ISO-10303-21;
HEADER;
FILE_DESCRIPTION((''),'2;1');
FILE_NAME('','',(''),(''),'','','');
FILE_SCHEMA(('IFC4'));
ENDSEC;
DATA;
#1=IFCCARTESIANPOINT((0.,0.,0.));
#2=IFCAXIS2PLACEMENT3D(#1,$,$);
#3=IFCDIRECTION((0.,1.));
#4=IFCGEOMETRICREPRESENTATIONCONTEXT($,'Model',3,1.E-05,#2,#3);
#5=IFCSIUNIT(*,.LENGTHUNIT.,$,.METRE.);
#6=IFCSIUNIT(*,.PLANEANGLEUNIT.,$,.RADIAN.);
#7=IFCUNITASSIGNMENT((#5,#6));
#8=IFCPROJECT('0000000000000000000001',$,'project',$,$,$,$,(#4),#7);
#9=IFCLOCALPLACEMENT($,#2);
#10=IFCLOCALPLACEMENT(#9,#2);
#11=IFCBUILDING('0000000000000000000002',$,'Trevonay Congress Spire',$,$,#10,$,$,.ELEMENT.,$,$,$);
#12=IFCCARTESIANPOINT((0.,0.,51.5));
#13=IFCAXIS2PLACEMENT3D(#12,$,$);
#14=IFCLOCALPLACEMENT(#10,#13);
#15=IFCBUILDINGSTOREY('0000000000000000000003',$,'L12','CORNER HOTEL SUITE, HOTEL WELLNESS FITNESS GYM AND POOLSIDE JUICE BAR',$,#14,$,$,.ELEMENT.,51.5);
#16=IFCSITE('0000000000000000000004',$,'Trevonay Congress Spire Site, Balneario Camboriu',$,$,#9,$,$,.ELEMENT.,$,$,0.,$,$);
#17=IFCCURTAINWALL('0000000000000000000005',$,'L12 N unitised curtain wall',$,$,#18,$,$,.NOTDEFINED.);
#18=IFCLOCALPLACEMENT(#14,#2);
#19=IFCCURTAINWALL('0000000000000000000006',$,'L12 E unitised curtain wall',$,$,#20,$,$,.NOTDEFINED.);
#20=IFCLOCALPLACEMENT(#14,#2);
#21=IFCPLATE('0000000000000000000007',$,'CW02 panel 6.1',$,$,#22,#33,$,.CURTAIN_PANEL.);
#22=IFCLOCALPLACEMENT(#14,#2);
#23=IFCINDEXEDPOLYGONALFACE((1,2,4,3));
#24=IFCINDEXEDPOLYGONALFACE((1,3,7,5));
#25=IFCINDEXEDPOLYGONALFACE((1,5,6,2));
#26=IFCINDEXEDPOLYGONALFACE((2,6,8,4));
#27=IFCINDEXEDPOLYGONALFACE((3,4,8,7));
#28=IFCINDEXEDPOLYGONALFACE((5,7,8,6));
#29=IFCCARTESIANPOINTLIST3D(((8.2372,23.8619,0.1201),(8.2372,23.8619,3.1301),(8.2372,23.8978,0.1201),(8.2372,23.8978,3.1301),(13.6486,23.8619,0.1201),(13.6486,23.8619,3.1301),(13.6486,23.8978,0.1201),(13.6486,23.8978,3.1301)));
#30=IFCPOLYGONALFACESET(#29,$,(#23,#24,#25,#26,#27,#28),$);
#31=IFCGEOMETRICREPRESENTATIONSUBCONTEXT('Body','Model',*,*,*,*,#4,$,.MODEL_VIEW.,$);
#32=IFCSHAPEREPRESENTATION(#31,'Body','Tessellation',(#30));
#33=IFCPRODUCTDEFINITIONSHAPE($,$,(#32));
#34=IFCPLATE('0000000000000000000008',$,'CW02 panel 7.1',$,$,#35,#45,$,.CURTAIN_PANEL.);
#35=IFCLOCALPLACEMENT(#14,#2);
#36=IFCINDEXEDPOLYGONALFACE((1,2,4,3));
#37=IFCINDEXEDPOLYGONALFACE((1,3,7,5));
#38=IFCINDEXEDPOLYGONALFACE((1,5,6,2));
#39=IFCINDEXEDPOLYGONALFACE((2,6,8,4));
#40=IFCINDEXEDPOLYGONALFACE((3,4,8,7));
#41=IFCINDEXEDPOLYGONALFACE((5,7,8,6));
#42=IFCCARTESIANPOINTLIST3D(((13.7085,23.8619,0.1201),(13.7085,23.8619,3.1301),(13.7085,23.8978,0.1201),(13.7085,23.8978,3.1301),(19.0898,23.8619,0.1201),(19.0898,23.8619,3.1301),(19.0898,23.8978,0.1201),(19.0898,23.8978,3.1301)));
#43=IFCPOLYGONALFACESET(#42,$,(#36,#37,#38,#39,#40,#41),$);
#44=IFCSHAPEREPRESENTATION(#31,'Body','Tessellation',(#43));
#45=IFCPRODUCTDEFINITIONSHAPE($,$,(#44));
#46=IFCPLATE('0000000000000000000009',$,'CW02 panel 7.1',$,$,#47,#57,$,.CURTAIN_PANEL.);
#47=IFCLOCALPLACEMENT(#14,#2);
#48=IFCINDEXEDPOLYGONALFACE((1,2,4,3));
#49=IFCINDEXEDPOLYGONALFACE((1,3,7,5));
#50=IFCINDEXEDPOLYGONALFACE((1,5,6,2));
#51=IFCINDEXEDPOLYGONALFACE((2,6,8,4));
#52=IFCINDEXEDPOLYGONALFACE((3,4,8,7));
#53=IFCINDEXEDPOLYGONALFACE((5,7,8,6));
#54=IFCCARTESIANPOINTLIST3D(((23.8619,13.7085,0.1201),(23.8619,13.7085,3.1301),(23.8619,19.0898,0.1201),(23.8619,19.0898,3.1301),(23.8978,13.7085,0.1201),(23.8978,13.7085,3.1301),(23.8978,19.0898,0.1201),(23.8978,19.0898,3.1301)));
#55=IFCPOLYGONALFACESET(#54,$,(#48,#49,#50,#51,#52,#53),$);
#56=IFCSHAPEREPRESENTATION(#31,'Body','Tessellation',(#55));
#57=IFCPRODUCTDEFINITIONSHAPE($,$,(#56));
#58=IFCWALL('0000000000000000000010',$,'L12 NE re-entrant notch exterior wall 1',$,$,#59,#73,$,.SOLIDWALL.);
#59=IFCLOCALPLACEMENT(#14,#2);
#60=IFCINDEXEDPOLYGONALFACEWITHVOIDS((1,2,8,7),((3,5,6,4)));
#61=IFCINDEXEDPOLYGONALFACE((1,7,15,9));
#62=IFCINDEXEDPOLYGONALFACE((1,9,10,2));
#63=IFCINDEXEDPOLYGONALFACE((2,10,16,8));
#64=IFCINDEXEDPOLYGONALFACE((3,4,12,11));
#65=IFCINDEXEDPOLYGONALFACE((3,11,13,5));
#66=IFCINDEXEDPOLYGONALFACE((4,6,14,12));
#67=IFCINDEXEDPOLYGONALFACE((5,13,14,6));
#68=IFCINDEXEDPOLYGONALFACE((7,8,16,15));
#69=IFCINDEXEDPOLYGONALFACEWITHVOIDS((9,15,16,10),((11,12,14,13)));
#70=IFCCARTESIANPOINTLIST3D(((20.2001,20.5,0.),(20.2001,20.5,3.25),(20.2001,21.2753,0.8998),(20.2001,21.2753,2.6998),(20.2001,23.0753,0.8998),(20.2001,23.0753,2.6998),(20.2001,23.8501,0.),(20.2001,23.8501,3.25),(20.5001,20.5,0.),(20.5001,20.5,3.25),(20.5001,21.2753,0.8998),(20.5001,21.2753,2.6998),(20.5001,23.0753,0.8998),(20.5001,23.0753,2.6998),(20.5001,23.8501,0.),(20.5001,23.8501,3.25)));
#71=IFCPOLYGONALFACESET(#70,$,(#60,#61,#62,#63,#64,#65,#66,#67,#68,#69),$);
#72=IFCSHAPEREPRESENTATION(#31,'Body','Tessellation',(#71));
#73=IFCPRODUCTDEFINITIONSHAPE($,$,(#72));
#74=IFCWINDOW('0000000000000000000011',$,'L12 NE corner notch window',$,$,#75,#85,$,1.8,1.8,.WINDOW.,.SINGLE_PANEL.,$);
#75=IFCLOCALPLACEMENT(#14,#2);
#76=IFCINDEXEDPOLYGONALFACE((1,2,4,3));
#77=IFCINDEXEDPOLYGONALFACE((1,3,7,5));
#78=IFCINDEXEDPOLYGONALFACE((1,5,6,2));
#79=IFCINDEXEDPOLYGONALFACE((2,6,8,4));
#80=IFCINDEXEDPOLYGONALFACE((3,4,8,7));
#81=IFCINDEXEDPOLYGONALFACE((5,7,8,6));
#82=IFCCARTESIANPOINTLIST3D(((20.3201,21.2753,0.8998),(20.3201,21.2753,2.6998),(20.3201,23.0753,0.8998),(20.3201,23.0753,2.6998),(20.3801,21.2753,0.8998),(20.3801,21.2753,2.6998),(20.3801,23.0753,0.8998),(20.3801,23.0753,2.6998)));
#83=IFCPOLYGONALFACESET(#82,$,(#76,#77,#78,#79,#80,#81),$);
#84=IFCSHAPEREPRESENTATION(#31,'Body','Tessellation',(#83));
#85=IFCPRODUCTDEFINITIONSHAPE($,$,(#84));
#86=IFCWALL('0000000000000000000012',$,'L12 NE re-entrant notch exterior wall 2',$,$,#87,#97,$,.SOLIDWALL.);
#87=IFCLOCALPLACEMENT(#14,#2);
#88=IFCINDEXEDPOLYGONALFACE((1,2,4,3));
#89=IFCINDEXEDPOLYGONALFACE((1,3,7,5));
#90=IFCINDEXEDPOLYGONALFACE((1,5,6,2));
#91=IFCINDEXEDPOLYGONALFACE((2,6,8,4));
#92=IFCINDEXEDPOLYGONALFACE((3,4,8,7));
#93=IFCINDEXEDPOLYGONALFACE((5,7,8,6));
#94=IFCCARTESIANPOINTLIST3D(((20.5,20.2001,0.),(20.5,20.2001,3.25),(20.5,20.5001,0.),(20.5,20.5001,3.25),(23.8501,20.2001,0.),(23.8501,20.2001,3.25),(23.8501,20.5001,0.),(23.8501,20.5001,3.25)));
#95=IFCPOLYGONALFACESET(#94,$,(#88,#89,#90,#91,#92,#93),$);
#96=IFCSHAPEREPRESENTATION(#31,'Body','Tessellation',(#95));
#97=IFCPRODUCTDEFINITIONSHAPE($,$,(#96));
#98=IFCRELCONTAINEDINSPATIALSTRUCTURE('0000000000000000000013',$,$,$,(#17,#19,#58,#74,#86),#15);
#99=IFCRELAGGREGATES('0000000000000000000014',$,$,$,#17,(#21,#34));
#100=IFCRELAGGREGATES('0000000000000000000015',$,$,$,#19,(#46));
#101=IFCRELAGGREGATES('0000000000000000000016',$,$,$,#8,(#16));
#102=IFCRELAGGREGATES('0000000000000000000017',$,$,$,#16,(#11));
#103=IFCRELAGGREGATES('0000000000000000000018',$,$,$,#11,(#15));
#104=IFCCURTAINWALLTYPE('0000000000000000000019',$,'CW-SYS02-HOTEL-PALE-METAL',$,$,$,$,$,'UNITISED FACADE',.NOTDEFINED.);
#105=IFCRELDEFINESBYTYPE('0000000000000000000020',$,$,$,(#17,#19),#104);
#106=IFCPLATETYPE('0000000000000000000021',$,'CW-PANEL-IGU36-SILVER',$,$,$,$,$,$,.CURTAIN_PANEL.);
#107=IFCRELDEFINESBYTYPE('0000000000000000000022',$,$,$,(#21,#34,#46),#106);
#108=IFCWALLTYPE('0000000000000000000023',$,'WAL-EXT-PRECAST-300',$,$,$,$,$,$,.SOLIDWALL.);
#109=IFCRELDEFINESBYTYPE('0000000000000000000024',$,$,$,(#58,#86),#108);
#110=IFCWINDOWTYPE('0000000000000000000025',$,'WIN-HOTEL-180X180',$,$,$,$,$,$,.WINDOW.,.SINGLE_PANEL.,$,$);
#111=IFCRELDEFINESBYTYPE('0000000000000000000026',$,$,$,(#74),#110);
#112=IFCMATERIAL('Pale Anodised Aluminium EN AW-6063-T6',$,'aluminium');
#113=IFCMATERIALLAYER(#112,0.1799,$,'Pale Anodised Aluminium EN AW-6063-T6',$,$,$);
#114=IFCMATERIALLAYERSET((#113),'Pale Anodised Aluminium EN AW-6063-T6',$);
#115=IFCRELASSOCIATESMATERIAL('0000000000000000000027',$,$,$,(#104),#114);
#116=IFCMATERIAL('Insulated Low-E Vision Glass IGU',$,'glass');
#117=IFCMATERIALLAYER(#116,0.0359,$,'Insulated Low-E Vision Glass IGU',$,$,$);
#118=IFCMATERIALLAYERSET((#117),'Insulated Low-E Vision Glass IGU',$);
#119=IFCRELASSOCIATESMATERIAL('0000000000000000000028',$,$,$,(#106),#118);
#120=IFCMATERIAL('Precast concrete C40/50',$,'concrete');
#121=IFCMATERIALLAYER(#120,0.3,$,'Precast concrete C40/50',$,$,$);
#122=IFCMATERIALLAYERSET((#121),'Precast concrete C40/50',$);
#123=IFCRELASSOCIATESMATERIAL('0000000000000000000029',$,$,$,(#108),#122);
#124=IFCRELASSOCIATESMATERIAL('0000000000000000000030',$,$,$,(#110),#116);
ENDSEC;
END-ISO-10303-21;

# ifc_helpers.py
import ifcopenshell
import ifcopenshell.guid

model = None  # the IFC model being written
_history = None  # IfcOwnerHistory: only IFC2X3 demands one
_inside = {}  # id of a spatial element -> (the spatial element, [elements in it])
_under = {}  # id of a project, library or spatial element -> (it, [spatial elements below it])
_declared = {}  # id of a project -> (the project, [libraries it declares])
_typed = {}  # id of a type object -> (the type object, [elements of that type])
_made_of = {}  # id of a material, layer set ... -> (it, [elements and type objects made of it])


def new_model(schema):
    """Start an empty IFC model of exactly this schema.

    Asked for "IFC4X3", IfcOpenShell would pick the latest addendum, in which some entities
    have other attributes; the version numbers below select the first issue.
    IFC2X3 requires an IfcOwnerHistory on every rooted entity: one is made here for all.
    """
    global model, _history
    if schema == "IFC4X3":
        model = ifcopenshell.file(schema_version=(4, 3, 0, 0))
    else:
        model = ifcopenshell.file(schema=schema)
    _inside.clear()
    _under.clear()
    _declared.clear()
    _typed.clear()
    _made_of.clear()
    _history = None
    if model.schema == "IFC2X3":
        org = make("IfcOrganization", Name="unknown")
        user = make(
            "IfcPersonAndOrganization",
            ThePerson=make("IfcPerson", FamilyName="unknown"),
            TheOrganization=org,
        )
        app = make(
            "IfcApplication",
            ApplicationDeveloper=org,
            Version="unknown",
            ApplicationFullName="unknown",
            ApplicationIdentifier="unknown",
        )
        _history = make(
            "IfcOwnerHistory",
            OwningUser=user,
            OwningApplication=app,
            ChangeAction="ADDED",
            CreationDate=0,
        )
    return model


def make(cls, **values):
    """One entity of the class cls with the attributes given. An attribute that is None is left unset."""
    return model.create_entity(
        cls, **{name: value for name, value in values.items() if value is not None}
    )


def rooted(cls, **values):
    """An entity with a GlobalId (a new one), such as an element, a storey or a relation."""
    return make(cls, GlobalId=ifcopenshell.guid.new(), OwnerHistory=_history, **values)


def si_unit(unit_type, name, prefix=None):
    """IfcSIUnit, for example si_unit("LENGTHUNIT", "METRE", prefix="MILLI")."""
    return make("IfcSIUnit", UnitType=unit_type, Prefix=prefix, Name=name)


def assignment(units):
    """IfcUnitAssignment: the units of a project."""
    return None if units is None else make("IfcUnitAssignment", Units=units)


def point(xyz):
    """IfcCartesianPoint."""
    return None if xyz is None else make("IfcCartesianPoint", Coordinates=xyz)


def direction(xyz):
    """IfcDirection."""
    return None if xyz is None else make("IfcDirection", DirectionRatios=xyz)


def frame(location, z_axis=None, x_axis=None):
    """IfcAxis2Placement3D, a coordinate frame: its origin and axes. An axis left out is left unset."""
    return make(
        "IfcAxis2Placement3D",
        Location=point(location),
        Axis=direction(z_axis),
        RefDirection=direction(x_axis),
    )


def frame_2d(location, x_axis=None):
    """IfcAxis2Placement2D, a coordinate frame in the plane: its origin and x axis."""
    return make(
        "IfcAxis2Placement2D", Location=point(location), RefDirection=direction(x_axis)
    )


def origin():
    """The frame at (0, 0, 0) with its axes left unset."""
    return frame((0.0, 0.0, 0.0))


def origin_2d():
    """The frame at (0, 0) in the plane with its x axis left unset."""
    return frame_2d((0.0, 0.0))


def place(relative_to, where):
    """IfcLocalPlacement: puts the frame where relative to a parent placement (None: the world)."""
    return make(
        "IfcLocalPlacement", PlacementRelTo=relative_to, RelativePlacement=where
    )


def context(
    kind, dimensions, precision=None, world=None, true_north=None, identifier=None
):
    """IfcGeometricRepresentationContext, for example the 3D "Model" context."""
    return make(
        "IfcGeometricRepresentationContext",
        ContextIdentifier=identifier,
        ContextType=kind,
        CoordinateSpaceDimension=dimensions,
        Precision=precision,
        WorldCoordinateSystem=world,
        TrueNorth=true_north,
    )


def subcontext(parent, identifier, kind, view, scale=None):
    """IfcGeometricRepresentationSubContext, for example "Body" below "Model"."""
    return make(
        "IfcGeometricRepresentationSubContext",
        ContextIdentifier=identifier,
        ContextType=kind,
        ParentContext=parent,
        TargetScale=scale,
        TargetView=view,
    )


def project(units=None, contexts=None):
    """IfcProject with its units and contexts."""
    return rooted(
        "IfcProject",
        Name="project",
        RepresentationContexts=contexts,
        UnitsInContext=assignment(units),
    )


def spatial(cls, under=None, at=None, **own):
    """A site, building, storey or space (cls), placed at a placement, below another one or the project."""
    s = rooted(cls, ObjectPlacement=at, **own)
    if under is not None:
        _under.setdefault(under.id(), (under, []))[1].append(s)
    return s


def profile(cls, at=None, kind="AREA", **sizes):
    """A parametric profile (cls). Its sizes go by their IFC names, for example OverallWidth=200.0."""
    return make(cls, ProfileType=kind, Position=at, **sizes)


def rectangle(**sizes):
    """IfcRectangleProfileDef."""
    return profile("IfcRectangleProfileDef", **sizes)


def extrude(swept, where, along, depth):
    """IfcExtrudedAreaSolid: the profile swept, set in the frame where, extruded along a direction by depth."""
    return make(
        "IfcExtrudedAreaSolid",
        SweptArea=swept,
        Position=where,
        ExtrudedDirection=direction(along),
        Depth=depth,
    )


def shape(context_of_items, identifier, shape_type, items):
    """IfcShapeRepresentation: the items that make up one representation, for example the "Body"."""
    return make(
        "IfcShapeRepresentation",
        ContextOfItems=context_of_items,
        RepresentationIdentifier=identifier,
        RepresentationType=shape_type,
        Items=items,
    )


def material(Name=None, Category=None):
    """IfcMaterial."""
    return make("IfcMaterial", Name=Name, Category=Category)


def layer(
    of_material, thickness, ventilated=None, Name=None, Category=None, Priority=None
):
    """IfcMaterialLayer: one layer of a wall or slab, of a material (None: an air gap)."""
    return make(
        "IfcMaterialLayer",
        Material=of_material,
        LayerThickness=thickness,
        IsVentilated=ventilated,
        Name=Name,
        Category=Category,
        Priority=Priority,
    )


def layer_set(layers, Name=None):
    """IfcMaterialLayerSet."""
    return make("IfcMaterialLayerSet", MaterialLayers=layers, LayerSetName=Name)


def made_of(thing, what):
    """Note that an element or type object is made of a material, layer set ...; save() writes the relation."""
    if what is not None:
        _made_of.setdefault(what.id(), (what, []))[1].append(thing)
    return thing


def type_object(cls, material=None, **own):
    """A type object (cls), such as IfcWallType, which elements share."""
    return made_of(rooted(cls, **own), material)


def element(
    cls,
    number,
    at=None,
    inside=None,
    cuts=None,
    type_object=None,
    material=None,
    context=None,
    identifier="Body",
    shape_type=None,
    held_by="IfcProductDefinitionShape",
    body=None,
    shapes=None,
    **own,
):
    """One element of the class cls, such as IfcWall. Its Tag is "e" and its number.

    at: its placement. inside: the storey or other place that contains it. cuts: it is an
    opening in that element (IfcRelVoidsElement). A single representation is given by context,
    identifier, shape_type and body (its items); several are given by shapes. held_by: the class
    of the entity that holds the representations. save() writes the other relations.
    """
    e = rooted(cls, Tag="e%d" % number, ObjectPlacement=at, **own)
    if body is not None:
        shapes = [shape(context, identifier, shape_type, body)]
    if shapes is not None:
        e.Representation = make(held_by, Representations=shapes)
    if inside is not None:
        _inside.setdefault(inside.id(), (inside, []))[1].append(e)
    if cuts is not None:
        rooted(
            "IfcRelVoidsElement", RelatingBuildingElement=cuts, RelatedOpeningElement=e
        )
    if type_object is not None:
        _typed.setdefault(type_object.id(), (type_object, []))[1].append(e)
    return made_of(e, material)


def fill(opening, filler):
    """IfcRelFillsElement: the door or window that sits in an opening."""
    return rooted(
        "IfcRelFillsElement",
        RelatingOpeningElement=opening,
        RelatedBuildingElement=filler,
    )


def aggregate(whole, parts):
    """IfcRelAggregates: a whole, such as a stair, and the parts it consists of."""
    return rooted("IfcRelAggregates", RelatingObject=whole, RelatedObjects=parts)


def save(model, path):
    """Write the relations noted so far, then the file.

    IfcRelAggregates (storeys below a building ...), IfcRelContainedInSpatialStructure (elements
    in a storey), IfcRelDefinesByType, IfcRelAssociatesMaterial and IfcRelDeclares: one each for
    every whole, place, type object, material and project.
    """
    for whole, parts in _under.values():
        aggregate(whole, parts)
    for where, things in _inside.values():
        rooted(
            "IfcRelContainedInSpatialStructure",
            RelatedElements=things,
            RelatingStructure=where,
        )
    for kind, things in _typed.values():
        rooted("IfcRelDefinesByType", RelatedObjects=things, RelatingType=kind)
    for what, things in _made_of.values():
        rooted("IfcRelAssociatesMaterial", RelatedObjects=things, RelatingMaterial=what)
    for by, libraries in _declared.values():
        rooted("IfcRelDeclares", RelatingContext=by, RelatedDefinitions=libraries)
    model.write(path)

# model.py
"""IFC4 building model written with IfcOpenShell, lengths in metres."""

from ifc_helpers import new_model, si_unit, direction, frame, frame_2d, origin, origin_2d, place, context, subcontext, project, spatial, rectangle, extrude, material, layer, layer_set, type_object, element, fill, aggregate, save


model = new_model("IFC4")

# Units and contexts
model_context = context("Model", 3, precision=1e-05, world=origin(), true_north=direction((0.0, 1.0)))
body_context = subcontext(model_context, "Body", "Model", "MODEL_VIEW")
ifc_project = project(units=[si_unit("LENGTHUNIT", "METRE"), si_unit("PLANEANGLEUNIT", "RADIAN")], contexts=[model_context])

# Site, building, storey
site_placement = place(None, origin())
site = spatial("IfcSite", under=ifc_project, at=site_placement, Name="Trevonay Congress Spire Site, Balneario Camboriu", CompositionType="ELEMENT", RefElevation=0.0)
building_placement = place(site_placement, origin())
building = spatial("IfcBuilding", under=site, at=building_placement, Name="Trevonay Congress Spire", CompositionType="ELEMENT")
storey_placement = place(building_placement, frame((0.0, 0.0, 51.5)))
storey = spatial("IfcBuildingStorey", under=building, at=storey_placement, Name="L12", Description="CORNER HOTEL SUITE, HOTEL WELLNESS FITNESS GYM AND POOLSIDE JUICE BAR", CompositionType="ELEMENT", Elevation=51.5)

# Curtain walls
ifc_material_1 = material(Name="Pale Anodised Aluminium EN AW-6063-T6", Category="aluminium")
ifc_layer_1 = layer(ifc_material_1, 0.1799, Name="Pale Anodised Aluminium EN AW-6063-T6")
ifc_layer_set_1 = layer_set([ifc_layer_1], Name="Pale Anodised Aluminium EN AW-6063-T6")
curtain_wall_type = type_object("IfcCurtainWallType", Name="CW-SYS02-HOTEL-PALE-METAL", ElementType="UNITISED FACADE", PredefinedType="NOTDEFINED", material=ifc_layer_set_1)
curtain_wall_1_placement = place(storey_placement, origin())
curtain_wall_1 = element("IfcCurtainWall", 1, at=curtain_wall_1_placement, inside=storey, type_object=curtain_wall_type, Name="L12 N unitised curtain wall", PredefinedType="NOTDEFINED")
curtain_wall_2_placement = place(storey_placement, origin())
curtain_wall_2 = element("IfcCurtainWall", 2, at=curtain_wall_2_placement, inside=storey, type_object=curtain_wall_type, Name="L12 E unitised curtain wall", PredefinedType="NOTDEFINED")

# Plates
ifc_material_2 = material(Name="Insulated Low-E Vision Glass IGU", Category="glass")
ifc_layer_2 = layer(ifc_material_2, 0.0359, Name="Insulated Low-E Vision Glass IGU")
ifc_layer_set_2 = layer_set([ifc_layer_2], Name="Insulated Low-E Vision Glass IGU")
plate_type = type_object("IfcPlateType", Name="CW-PANEL-IGU36-SILVER", PredefinedType="CURTAIN_PANEL", material=ifc_layer_set_2)
plate_1_placement = place(storey_placement, frame((10.9429, 23.8799, 0.1201), z_axis=(0.0, 0.0, 1.0), x_axis=(1.0, 0.0, 0.0)))
plate_1 = element("IfcPlate", 3, at=plate_1_placement, type_object=plate_type, Name="CW02 panel 6.1", PredefinedType="CURTAIN_PANEL", context=body_context, shape_type="SweptSolid", body=[
    extrude(rectangle(XDim=5.4114, YDim=0.0359, at=origin_2d()), origin(), (0.0, 0.0, 1.0), 3.01),
])
plate_2_placement = place(storey_placement, frame((16.3992, 23.8799, 0.1201), z_axis=(0.0, 0.0, 1.0), x_axis=(1.0, 0.0, 0.0)))
plate_2 = element("IfcPlate", 4, at=plate_2_placement, type_object=plate_type, Name="CW02 panel 7.1", PredefinedType="CURTAIN_PANEL", context=body_context, shape_type="SweptSolid", body=[
    extrude(rectangle(XDim=5.3813, YDim=0.0359, at=origin_2d()), origin(), (0.0, 0.0, 1.0), 3.01),
])
aggregate(curtain_wall_1, [plate_1, plate_2])
plate_3_placement = place(storey_placement, frame((23.8799, 16.3992, 0.1201), z_axis=(0.0, 0.0, 1.0), x_axis=(0.0, 1.0, 0.0)))
plate_3 = element("IfcPlate", 5, at=plate_3_placement, type_object=plate_type, Name="CW02 panel 7.1", PredefinedType="CURTAIN_PANEL", context=body_context, shape_type="SweptSolid", body=[
    extrude(rectangle(XDim=5.3813, YDim=0.0359, at=origin_2d()), origin(), (0.0, 0.0, 1.0), 3.01),
])
aggregate(curtain_wall_2, [plate_3])

# Wall, opening, window
ifc_material_3 = material(Name="Precast concrete C40/50", Category="concrete")
ifc_layer_3 = layer(ifc_material_3, 0.3, Name="Precast concrete C40/50")
ifc_layer_set_3 = layer_set([ifc_layer_3], Name="Precast concrete C40/50")
wall_type = type_object("IfcWallType", Name="WAL-EXT-PRECAST-300", PredefinedType="SOLIDWALL", material=ifc_layer_set_3)
wall_1_placement = place(storey_placement, frame((20.3501, 23.8501, 0.0), z_axis=(0.0, 0.0, 1.0), x_axis=(0.0, -1.0, 0.0)))
wall_1 = element("IfcWall", 6, at=wall_1_placement, inside=storey, type_object=wall_type, Name="L12 NE re-entrant notch exterior wall 1", PredefinedType="SOLIDWALL", context=body_context, shape_type="SweptSolid", body=[
    extrude(rectangle(XDim=3.3501, YDim=0.3, at=frame_2d((1.675, 0.0))), origin(), (0.0, 0.0, 1.0), 3.25),
])
opening_placement = place(wall_1_placement, frame((0.7749, 0.0, 0.8999)))
opening = element("IfcOpeningElement", 7, at=opening_placement, cuts=wall_1, PredefinedType="OPENING", context=body_context, shape_type="SweptSolid", body=[
    extrude(rectangle(XDim=1.8, YDim=1.8, at=frame_2d((0.8999, 0.8999))), frame((0.0, 0.1602, 0.0), z_axis=(0.0, -1.0, 0.0), x_axis=(1.0, 0.0, 0.0)), (0.0, 0.0, 1.0), 0.3201),
])
window_type = type_object("IfcWindowType", Name="WIN-HOTEL-180X180", PartitioningType="SINGLE_PANEL", PredefinedType="WINDOW", material=ifc_material_2)
window_placement = place(opening_placement, origin())
window = element("IfcWindow", 8, at=window_placement, inside=storey, type_object=window_type, Name="L12 NE corner notch window", OverallHeight=1.8, OverallWidth=1.8, PartitioningType="SINGLE_PANEL", PredefinedType="WINDOW", context=body_context, shape_type="SweptSolid", body=[
    extrude(rectangle(XDim=1.8, YDim=1.8, at=frame_2d((0.8999, 0.8999))), frame((0.0, 0.03, 0.0), z_axis=(0.0, -1.0, 0.0), x_axis=(1.0, 0.0, 0.0)), (0.0, 0.0, 1.0), 0.0601),
])
fill(opening, window)

# Wall
wall_2_placement = place(storey_placement, frame((23.8501, 20.3501, 0.0), z_axis=(0.0, 0.0, 1.0), x_axis=(-1.0, 0.0, 0.0)))
element("IfcWall", 9, at=wall_2_placement, inside=storey, type_object=wall_type, Name="L12 NE re-entrant notch exterior wall 2", PredefinedType="SOLIDWALL", context=body_context, shape_type="SweptSolid", body=[
    extrude(rectangle(XDim=3.3501, YDim=0.3, at=frame_2d((1.675, 0.0))), origin(), (0.0, 0.0, 1.0), 3.25),
])

save(model, "model.ifc")
